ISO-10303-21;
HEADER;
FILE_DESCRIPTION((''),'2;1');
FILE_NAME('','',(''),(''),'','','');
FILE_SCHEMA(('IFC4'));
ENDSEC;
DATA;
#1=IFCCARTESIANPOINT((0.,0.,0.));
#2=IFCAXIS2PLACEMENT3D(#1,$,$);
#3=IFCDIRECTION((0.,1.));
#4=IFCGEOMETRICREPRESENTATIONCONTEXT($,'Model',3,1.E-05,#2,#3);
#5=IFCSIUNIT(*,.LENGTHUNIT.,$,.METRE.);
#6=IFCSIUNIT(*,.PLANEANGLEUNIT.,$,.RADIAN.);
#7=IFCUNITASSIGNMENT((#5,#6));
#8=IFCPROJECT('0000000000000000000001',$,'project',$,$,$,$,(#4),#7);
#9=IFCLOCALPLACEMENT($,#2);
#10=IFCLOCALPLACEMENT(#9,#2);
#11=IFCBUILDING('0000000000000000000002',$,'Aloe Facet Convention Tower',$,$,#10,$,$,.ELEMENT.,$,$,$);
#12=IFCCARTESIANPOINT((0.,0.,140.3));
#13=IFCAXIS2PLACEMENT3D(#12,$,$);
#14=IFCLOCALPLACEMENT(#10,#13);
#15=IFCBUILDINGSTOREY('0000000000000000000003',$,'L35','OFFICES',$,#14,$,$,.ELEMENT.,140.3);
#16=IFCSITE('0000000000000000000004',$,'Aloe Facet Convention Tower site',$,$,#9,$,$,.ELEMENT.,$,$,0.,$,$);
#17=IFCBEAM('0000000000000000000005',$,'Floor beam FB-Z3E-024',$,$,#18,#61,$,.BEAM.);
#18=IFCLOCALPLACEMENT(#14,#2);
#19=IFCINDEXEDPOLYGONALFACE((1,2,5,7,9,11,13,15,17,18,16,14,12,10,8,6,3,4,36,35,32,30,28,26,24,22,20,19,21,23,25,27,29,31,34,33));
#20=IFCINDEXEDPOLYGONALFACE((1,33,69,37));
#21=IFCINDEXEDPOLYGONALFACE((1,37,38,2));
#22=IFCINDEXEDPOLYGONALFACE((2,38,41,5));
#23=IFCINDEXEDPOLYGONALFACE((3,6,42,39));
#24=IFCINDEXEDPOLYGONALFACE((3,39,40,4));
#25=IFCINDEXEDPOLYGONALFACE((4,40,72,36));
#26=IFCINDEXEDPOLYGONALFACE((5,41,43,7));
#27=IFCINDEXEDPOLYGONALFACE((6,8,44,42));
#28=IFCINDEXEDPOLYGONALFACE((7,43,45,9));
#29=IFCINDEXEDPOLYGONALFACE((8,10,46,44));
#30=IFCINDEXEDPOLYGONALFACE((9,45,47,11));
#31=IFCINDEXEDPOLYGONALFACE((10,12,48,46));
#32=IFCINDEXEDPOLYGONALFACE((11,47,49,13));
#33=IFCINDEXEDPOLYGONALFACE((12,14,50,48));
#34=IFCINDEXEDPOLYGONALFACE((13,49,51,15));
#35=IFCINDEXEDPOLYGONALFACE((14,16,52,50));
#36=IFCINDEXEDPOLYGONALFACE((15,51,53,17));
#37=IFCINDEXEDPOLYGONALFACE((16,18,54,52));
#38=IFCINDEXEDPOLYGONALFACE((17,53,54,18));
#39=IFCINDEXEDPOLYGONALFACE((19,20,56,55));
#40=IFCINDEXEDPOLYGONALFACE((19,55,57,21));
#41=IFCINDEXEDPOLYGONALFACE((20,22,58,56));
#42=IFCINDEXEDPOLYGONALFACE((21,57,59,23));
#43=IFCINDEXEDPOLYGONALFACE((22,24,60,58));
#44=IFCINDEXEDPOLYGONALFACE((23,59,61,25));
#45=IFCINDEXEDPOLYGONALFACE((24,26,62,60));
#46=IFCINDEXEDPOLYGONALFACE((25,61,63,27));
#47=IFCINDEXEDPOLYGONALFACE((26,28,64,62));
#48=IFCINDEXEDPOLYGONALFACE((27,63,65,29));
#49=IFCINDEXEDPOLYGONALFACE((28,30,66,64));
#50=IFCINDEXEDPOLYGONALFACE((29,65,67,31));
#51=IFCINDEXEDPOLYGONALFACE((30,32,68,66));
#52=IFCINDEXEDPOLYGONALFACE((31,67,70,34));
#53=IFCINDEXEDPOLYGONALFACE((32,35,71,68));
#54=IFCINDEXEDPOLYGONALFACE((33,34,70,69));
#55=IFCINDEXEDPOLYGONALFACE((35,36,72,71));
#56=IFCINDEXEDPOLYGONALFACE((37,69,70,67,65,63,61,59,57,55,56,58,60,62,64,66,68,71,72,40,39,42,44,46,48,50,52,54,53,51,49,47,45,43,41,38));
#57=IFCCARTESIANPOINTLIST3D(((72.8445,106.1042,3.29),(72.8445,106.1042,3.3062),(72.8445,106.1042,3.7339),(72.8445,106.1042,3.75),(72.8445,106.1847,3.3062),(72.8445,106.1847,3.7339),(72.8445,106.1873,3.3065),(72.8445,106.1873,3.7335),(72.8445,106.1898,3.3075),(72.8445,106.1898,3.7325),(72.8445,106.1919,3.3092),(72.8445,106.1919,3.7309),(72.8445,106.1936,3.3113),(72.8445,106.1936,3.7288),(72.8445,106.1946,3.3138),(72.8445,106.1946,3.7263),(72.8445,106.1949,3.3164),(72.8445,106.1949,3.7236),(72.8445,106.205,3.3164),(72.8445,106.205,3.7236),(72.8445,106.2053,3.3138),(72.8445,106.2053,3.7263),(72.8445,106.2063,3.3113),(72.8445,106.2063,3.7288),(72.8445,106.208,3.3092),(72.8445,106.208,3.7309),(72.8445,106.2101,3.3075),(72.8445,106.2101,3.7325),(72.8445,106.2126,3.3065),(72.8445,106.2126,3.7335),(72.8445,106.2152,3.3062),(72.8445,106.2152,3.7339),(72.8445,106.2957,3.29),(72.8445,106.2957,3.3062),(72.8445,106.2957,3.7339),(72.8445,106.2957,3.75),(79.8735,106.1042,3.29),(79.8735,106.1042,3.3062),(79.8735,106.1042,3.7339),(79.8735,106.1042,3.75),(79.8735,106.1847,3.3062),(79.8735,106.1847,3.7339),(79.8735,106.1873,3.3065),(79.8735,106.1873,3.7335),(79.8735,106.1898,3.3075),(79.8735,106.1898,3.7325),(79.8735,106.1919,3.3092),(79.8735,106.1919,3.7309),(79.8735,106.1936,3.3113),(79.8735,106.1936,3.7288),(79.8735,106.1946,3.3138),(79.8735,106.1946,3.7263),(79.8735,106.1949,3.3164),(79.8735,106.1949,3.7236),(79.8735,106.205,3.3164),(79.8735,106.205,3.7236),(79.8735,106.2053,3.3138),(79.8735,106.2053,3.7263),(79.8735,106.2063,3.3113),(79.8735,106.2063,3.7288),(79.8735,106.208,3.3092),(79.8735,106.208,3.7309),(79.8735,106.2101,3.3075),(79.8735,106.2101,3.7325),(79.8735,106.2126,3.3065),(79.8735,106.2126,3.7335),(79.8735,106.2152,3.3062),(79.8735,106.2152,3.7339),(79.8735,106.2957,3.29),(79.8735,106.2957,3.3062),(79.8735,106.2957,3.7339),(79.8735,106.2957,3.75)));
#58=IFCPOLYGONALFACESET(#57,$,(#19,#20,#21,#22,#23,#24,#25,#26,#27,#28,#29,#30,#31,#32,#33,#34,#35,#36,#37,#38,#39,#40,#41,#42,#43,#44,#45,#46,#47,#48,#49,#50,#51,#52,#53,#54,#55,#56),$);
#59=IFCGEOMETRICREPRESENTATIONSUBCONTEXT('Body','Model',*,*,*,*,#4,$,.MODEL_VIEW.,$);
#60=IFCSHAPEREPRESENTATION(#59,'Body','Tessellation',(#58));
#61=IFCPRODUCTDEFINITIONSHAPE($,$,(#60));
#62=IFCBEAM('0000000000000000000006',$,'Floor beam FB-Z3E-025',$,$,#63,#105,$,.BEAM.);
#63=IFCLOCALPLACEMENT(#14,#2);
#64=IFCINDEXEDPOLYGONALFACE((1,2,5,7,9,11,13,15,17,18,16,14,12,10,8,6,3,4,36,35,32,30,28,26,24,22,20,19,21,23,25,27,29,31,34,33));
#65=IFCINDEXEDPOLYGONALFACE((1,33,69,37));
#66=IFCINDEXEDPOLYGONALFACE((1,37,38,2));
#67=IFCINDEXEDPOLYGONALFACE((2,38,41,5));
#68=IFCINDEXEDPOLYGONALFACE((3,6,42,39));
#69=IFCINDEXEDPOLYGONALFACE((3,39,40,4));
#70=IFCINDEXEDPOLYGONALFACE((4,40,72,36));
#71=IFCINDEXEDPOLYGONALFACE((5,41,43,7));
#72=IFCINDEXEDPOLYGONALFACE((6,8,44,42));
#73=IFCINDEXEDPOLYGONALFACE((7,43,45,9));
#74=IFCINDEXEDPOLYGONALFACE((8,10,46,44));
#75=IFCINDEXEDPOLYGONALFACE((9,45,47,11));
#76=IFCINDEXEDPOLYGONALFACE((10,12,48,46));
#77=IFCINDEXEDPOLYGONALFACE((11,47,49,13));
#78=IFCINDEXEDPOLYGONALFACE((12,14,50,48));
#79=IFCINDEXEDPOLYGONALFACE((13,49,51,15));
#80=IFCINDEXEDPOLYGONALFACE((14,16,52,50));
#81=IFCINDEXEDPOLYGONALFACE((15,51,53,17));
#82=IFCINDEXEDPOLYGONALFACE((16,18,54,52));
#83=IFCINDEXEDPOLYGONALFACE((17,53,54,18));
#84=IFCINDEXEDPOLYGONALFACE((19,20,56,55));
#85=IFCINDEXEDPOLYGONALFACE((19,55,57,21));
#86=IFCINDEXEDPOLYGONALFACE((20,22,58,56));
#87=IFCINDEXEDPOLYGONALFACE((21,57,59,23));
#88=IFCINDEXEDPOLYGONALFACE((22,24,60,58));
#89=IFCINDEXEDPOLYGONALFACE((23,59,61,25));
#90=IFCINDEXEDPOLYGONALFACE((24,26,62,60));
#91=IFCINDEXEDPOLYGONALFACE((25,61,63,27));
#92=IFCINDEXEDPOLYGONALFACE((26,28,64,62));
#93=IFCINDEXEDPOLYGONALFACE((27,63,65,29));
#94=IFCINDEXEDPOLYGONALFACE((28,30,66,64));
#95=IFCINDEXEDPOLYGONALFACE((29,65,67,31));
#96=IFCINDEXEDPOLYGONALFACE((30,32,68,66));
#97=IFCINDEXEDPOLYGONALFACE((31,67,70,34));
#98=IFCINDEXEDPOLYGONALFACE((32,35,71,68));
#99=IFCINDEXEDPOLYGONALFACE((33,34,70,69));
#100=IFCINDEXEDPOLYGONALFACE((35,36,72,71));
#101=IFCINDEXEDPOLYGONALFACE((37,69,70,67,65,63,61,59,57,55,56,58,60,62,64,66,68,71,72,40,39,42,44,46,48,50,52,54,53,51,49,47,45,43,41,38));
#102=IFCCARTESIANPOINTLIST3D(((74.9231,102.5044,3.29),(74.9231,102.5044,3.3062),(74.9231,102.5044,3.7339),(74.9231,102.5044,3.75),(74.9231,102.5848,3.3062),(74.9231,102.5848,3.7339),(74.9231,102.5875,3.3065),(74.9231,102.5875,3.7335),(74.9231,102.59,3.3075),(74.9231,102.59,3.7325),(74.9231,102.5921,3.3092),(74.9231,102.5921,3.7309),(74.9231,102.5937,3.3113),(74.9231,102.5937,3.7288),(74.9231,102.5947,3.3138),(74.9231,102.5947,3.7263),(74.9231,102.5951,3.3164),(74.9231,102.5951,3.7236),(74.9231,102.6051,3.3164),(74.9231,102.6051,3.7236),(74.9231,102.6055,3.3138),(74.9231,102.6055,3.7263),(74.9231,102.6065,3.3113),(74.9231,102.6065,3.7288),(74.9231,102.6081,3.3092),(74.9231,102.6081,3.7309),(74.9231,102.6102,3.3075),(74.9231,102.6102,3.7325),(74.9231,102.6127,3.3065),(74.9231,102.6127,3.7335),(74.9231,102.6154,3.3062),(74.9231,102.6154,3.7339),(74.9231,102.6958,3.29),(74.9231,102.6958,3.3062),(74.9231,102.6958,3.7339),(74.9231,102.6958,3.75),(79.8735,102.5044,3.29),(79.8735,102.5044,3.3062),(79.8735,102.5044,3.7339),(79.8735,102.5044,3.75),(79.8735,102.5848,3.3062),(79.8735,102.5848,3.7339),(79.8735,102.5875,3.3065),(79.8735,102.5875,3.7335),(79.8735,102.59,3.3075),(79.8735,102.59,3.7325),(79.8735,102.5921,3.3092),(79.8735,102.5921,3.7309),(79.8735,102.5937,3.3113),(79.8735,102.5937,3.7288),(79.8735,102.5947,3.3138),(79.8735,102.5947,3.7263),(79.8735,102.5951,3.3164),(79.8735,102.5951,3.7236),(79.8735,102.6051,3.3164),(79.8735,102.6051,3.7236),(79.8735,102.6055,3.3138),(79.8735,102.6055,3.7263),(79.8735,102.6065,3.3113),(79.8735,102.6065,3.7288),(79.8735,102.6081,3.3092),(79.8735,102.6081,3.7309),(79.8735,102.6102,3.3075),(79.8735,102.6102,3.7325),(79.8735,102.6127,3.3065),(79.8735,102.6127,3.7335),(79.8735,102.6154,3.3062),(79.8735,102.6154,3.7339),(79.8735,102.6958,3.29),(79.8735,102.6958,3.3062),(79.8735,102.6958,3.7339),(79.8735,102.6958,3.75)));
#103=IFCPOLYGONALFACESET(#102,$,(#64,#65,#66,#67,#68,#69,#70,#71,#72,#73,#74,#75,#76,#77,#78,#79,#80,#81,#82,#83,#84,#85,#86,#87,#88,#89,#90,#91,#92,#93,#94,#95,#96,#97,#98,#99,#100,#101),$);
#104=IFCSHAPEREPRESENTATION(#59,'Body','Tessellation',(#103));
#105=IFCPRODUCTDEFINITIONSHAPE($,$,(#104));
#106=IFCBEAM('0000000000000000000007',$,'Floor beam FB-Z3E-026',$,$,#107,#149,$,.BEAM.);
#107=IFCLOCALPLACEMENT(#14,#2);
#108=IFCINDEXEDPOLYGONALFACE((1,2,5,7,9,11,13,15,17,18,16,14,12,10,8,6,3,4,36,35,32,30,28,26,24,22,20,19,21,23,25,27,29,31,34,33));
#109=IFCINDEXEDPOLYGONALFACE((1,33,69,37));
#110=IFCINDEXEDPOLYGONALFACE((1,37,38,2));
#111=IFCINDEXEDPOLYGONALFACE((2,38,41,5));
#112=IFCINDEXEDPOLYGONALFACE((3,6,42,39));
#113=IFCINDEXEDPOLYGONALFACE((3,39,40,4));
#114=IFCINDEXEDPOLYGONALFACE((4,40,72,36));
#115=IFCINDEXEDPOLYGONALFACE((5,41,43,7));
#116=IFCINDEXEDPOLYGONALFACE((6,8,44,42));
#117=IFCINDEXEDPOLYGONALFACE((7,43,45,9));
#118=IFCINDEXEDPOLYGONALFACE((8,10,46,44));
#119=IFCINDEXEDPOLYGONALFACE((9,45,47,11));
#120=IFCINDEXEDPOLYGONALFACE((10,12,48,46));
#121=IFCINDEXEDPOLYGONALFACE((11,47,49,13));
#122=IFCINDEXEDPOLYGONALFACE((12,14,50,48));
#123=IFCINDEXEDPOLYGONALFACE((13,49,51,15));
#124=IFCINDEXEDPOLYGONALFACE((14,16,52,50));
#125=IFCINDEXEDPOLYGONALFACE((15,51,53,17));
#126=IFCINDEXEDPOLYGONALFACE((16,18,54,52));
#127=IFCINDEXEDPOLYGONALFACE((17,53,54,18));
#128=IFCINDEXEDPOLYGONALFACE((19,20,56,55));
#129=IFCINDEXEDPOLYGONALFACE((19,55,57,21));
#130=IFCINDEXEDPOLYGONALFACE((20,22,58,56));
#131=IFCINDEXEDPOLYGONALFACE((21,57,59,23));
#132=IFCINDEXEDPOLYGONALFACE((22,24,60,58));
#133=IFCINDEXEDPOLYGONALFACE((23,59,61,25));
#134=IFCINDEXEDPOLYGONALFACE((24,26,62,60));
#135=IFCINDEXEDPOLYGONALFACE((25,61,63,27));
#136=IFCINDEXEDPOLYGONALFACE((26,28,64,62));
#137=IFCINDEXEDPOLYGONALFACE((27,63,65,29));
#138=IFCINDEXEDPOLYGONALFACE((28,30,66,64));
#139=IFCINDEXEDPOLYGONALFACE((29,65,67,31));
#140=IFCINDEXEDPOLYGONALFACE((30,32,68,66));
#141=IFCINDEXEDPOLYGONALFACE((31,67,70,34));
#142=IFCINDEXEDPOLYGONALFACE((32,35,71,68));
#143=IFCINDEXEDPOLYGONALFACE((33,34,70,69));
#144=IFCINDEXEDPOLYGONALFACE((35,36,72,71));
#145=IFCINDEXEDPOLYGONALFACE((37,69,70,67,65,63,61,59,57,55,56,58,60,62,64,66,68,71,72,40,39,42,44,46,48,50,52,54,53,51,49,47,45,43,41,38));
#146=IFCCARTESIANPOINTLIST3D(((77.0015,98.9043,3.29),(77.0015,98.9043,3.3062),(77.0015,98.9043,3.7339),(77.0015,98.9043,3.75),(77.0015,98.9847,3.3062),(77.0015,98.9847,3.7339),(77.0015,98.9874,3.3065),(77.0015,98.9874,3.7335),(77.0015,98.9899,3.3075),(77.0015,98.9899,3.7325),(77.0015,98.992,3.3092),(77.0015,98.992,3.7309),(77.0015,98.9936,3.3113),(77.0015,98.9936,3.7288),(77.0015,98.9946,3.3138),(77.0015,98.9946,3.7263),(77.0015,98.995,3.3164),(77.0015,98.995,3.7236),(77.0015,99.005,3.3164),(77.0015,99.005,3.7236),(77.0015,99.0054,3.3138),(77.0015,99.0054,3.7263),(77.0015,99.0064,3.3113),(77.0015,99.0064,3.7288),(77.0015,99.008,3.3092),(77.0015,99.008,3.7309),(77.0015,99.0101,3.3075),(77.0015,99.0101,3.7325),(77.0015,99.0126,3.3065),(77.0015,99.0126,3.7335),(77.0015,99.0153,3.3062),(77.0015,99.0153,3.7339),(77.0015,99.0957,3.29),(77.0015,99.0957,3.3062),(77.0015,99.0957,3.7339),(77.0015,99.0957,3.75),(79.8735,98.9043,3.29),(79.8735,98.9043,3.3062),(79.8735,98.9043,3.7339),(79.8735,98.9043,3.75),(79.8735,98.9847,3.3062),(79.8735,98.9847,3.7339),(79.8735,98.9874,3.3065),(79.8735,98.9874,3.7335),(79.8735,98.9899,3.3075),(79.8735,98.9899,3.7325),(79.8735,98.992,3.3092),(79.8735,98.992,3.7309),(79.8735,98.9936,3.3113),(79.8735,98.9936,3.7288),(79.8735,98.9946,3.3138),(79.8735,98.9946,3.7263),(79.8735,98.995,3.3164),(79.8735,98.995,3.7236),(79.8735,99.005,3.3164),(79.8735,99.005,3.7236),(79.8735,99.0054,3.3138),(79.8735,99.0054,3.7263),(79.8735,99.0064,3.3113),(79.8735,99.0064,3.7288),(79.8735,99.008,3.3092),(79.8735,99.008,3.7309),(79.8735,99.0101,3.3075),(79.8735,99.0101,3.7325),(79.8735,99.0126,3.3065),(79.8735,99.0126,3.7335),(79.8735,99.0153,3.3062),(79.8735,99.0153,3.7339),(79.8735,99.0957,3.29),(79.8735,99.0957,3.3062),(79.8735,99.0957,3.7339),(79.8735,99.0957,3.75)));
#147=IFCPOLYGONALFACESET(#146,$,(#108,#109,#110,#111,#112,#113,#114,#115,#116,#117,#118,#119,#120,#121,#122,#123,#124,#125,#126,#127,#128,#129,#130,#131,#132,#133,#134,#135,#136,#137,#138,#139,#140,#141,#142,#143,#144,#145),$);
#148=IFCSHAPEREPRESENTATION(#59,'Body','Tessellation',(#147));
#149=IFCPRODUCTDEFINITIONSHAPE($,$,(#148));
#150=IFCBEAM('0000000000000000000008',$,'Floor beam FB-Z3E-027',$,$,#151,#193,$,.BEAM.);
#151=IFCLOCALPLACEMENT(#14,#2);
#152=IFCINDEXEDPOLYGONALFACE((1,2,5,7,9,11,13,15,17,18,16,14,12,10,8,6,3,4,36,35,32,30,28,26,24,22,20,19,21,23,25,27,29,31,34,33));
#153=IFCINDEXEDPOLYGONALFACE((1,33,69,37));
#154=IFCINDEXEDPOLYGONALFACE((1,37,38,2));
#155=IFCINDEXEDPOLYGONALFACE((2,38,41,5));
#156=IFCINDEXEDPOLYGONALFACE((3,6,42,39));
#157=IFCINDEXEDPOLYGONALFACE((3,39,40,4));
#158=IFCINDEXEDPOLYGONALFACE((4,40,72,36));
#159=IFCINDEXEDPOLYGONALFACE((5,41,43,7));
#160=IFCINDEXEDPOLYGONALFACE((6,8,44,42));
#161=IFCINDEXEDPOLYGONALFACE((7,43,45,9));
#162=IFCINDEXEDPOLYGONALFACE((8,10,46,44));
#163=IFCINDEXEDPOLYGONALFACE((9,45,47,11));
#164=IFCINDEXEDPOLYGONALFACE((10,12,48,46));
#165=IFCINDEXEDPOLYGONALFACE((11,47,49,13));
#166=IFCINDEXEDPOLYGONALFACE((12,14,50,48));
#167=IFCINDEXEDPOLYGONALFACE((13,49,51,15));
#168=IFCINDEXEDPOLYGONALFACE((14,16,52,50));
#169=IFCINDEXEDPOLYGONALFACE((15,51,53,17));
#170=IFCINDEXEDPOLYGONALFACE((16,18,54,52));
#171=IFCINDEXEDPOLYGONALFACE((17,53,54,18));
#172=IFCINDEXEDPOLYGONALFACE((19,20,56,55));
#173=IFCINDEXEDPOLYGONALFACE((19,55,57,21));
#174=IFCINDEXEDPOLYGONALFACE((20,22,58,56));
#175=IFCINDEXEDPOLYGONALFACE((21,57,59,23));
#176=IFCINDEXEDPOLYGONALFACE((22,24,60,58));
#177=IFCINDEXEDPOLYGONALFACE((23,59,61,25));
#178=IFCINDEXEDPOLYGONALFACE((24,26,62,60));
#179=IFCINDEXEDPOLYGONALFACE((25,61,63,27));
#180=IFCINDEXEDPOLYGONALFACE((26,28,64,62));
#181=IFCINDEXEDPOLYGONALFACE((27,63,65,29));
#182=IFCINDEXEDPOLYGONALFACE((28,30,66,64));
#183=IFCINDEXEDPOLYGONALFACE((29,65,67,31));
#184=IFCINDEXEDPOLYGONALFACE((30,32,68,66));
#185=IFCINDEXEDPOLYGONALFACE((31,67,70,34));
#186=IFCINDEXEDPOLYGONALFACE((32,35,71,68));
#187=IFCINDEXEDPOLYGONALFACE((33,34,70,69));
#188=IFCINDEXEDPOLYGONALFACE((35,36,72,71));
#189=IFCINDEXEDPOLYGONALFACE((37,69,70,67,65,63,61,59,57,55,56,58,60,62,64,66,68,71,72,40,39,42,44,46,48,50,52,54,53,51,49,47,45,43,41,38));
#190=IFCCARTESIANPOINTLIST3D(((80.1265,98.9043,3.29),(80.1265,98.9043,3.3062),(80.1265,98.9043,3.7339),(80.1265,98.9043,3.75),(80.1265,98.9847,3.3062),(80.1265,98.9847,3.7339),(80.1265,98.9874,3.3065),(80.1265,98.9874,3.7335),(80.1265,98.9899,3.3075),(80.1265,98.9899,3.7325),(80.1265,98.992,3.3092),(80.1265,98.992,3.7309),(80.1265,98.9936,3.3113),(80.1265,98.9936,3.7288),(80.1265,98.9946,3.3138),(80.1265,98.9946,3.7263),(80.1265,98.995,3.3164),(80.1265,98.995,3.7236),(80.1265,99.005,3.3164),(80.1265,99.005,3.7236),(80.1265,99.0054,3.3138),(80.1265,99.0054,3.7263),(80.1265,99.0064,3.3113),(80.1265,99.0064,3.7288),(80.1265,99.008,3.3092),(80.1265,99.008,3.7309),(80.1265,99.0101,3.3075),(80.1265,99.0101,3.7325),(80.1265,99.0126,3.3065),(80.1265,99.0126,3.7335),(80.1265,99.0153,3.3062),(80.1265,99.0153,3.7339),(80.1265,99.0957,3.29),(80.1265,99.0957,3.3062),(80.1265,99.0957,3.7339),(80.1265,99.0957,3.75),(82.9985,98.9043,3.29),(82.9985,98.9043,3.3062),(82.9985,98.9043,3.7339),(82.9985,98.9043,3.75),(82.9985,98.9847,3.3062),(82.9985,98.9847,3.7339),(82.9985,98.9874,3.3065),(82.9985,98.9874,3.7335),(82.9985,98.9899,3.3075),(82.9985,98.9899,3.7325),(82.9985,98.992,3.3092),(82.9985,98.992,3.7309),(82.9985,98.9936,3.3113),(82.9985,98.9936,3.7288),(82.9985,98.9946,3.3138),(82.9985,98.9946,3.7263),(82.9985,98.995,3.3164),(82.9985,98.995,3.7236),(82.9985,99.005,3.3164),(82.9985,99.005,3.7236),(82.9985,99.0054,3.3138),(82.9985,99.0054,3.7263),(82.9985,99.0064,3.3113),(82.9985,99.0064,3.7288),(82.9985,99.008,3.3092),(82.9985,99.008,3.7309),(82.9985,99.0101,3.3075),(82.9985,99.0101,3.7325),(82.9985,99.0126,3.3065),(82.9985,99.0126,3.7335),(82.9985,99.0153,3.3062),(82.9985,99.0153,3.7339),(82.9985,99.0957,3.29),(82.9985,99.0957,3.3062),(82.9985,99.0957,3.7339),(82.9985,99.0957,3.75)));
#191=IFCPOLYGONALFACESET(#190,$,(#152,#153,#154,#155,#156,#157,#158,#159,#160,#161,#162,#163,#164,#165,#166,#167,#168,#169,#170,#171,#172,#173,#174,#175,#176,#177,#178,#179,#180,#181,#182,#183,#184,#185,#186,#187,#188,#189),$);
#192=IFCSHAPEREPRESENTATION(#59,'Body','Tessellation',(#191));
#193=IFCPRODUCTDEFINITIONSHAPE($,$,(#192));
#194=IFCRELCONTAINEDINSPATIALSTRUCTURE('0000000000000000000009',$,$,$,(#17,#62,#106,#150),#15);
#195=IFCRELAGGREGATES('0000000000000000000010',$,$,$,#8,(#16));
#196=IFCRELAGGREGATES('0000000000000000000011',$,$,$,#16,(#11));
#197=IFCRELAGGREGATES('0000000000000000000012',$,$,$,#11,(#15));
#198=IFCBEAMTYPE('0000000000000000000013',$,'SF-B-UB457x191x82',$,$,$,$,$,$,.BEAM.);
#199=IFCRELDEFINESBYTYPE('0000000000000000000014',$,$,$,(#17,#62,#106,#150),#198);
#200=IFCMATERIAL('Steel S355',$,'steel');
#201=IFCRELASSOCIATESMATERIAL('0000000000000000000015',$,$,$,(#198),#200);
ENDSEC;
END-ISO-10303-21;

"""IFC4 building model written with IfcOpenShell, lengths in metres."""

from ifc_helpers import new_model, si_unit, direction, frame, origin, origin_2d, place, context, subcontext, project, spatial, i_section, extrude, material, material_profile, profile_set, type_object, element, save


model = new_model("IFC4")

# Units and contexts
model_context = context("Model", 3, precision=1e-05, world=origin(), true_north=direction((0.0, 1.0)))
body_context = subcontext(model_context, "Body", "Model", "MODEL_VIEW")
ifc_project = project(units=[si_unit("LENGTHUNIT", "METRE"), si_unit("PLANEANGLEUNIT", "RADIAN")], contexts=[model_context])

# Site, building, storey
site_placement = place(None, origin())
site = spatial("IfcSite", under=ifc_project, at=site_placement, Name="Aloe Facet Convention Tower site", CompositionType="ELEMENT", RefElevation=0.0)
building_placement = place(site_placement, origin())
building = spatial("IfcBuilding", under=site, at=building_placement, Name="Aloe Facet Convention Tower", CompositionType="ELEMENT")
storey_placement = place(building_placement, frame((0.0, 0.0, 140.3)))
storey = spatial("IfcBuildingStorey", under=building, at=storey_placement, Name="L35", Description="OFFICES", CompositionType="ELEMENT", Elevation=140.3)

# Beams
ifc_material_1 = material(Name="Steel S355", Category="steel")
ifc_material_profile_1 = material_profile(ifc_material_1, i_section(OverallWidth=0.1914, OverallDepth=0.46, WebThickness=0.01, FlangeThickness=0.0161, FilletRadius=0.0103, at=origin_2d()), Name="UB 457x191x82")
ifc_profile_set_1 = profile_set([ifc_material_profile_1], Name="Steel S355")
beam_type_1 = type_object("IfcBeamType", Name="SF-B-UB457x191x82", PredefinedType="BEAM", material=ifc_profile_set_1)
beam_1_placement = place(storey_placement, frame((72.8445, 106.2, 3.52), z_axis=(1.0, 0.0, 0.0), x_axis=(0.0, 1.0, 0.0)))
element("IfcBeam", 1, at=beam_1_placement, inside=storey, type_object=beam_type_1, Name="Floor beam FB-Z3E-024", PredefinedType="BEAM", context=body_context, shape_type="SweptSolid", body=[
    extrude(i_section(OverallWidth=0.1914, OverallDepth=0.46, WebThickness=0.01, FlangeThickness=0.0161, FilletRadius=0.0103, at=origin_2d()), origin(), (0.0, 0.0, 1.0), 7.0291),
])
beam_2_placement = place(storey_placement, frame((74.9231, 102.6001, 3.52), z_axis=(1.0, 0.0, 0.0), x_axis=(0.0, 1.0, 0.0)))
element("IfcBeam", 2, at=beam_2_placement, inside=storey, type_object=beam_type_1, Name="Floor beam FB-Z3E-025", PredefinedType="BEAM", context=body_context, shape_type="SweptSolid", body=[
    extrude(i_section(OverallWidth=0.1914, OverallDepth=0.46, WebThickness=0.01, FlangeThickness=0.0161, FilletRadius=0.0103, at=origin_2d()), origin(), (0.0, 0.0, 1.0), 4.9504),
])
for number, where, z_axis, x_axis, name in (
    (3, (77.0015, 99.0, 3.52), (1.0, 0.0, 0.0), (0.0, 1.0, 0.0), "Floor beam FB-Z3E-026"),
    (4, (80.1265, 99.0, 3.52), (1.0, 0.0, 0.0), (0.0, 1.0, 0.0), "Floor beam FB-Z3E-027"),
):
    element("IfcBeam", number, at=place(storey_placement, frame(where, z_axis=z_axis, x_axis=x_axis)), inside=storey, type_object=beam_type_1, Name=name, PredefinedType="BEAM", context=body_context, shape_type="SweptSolid", body=[
        extrude(i_section(OverallWidth=0.1914, OverallDepth=0.46, WebThickness=0.01, FlangeThickness=0.0161, FilletRadius=0.0103, at=origin_2d()), origin(), (0.0, 0.0, 1.0), 2.8721),
    ])

save(model, "model.ifc")
